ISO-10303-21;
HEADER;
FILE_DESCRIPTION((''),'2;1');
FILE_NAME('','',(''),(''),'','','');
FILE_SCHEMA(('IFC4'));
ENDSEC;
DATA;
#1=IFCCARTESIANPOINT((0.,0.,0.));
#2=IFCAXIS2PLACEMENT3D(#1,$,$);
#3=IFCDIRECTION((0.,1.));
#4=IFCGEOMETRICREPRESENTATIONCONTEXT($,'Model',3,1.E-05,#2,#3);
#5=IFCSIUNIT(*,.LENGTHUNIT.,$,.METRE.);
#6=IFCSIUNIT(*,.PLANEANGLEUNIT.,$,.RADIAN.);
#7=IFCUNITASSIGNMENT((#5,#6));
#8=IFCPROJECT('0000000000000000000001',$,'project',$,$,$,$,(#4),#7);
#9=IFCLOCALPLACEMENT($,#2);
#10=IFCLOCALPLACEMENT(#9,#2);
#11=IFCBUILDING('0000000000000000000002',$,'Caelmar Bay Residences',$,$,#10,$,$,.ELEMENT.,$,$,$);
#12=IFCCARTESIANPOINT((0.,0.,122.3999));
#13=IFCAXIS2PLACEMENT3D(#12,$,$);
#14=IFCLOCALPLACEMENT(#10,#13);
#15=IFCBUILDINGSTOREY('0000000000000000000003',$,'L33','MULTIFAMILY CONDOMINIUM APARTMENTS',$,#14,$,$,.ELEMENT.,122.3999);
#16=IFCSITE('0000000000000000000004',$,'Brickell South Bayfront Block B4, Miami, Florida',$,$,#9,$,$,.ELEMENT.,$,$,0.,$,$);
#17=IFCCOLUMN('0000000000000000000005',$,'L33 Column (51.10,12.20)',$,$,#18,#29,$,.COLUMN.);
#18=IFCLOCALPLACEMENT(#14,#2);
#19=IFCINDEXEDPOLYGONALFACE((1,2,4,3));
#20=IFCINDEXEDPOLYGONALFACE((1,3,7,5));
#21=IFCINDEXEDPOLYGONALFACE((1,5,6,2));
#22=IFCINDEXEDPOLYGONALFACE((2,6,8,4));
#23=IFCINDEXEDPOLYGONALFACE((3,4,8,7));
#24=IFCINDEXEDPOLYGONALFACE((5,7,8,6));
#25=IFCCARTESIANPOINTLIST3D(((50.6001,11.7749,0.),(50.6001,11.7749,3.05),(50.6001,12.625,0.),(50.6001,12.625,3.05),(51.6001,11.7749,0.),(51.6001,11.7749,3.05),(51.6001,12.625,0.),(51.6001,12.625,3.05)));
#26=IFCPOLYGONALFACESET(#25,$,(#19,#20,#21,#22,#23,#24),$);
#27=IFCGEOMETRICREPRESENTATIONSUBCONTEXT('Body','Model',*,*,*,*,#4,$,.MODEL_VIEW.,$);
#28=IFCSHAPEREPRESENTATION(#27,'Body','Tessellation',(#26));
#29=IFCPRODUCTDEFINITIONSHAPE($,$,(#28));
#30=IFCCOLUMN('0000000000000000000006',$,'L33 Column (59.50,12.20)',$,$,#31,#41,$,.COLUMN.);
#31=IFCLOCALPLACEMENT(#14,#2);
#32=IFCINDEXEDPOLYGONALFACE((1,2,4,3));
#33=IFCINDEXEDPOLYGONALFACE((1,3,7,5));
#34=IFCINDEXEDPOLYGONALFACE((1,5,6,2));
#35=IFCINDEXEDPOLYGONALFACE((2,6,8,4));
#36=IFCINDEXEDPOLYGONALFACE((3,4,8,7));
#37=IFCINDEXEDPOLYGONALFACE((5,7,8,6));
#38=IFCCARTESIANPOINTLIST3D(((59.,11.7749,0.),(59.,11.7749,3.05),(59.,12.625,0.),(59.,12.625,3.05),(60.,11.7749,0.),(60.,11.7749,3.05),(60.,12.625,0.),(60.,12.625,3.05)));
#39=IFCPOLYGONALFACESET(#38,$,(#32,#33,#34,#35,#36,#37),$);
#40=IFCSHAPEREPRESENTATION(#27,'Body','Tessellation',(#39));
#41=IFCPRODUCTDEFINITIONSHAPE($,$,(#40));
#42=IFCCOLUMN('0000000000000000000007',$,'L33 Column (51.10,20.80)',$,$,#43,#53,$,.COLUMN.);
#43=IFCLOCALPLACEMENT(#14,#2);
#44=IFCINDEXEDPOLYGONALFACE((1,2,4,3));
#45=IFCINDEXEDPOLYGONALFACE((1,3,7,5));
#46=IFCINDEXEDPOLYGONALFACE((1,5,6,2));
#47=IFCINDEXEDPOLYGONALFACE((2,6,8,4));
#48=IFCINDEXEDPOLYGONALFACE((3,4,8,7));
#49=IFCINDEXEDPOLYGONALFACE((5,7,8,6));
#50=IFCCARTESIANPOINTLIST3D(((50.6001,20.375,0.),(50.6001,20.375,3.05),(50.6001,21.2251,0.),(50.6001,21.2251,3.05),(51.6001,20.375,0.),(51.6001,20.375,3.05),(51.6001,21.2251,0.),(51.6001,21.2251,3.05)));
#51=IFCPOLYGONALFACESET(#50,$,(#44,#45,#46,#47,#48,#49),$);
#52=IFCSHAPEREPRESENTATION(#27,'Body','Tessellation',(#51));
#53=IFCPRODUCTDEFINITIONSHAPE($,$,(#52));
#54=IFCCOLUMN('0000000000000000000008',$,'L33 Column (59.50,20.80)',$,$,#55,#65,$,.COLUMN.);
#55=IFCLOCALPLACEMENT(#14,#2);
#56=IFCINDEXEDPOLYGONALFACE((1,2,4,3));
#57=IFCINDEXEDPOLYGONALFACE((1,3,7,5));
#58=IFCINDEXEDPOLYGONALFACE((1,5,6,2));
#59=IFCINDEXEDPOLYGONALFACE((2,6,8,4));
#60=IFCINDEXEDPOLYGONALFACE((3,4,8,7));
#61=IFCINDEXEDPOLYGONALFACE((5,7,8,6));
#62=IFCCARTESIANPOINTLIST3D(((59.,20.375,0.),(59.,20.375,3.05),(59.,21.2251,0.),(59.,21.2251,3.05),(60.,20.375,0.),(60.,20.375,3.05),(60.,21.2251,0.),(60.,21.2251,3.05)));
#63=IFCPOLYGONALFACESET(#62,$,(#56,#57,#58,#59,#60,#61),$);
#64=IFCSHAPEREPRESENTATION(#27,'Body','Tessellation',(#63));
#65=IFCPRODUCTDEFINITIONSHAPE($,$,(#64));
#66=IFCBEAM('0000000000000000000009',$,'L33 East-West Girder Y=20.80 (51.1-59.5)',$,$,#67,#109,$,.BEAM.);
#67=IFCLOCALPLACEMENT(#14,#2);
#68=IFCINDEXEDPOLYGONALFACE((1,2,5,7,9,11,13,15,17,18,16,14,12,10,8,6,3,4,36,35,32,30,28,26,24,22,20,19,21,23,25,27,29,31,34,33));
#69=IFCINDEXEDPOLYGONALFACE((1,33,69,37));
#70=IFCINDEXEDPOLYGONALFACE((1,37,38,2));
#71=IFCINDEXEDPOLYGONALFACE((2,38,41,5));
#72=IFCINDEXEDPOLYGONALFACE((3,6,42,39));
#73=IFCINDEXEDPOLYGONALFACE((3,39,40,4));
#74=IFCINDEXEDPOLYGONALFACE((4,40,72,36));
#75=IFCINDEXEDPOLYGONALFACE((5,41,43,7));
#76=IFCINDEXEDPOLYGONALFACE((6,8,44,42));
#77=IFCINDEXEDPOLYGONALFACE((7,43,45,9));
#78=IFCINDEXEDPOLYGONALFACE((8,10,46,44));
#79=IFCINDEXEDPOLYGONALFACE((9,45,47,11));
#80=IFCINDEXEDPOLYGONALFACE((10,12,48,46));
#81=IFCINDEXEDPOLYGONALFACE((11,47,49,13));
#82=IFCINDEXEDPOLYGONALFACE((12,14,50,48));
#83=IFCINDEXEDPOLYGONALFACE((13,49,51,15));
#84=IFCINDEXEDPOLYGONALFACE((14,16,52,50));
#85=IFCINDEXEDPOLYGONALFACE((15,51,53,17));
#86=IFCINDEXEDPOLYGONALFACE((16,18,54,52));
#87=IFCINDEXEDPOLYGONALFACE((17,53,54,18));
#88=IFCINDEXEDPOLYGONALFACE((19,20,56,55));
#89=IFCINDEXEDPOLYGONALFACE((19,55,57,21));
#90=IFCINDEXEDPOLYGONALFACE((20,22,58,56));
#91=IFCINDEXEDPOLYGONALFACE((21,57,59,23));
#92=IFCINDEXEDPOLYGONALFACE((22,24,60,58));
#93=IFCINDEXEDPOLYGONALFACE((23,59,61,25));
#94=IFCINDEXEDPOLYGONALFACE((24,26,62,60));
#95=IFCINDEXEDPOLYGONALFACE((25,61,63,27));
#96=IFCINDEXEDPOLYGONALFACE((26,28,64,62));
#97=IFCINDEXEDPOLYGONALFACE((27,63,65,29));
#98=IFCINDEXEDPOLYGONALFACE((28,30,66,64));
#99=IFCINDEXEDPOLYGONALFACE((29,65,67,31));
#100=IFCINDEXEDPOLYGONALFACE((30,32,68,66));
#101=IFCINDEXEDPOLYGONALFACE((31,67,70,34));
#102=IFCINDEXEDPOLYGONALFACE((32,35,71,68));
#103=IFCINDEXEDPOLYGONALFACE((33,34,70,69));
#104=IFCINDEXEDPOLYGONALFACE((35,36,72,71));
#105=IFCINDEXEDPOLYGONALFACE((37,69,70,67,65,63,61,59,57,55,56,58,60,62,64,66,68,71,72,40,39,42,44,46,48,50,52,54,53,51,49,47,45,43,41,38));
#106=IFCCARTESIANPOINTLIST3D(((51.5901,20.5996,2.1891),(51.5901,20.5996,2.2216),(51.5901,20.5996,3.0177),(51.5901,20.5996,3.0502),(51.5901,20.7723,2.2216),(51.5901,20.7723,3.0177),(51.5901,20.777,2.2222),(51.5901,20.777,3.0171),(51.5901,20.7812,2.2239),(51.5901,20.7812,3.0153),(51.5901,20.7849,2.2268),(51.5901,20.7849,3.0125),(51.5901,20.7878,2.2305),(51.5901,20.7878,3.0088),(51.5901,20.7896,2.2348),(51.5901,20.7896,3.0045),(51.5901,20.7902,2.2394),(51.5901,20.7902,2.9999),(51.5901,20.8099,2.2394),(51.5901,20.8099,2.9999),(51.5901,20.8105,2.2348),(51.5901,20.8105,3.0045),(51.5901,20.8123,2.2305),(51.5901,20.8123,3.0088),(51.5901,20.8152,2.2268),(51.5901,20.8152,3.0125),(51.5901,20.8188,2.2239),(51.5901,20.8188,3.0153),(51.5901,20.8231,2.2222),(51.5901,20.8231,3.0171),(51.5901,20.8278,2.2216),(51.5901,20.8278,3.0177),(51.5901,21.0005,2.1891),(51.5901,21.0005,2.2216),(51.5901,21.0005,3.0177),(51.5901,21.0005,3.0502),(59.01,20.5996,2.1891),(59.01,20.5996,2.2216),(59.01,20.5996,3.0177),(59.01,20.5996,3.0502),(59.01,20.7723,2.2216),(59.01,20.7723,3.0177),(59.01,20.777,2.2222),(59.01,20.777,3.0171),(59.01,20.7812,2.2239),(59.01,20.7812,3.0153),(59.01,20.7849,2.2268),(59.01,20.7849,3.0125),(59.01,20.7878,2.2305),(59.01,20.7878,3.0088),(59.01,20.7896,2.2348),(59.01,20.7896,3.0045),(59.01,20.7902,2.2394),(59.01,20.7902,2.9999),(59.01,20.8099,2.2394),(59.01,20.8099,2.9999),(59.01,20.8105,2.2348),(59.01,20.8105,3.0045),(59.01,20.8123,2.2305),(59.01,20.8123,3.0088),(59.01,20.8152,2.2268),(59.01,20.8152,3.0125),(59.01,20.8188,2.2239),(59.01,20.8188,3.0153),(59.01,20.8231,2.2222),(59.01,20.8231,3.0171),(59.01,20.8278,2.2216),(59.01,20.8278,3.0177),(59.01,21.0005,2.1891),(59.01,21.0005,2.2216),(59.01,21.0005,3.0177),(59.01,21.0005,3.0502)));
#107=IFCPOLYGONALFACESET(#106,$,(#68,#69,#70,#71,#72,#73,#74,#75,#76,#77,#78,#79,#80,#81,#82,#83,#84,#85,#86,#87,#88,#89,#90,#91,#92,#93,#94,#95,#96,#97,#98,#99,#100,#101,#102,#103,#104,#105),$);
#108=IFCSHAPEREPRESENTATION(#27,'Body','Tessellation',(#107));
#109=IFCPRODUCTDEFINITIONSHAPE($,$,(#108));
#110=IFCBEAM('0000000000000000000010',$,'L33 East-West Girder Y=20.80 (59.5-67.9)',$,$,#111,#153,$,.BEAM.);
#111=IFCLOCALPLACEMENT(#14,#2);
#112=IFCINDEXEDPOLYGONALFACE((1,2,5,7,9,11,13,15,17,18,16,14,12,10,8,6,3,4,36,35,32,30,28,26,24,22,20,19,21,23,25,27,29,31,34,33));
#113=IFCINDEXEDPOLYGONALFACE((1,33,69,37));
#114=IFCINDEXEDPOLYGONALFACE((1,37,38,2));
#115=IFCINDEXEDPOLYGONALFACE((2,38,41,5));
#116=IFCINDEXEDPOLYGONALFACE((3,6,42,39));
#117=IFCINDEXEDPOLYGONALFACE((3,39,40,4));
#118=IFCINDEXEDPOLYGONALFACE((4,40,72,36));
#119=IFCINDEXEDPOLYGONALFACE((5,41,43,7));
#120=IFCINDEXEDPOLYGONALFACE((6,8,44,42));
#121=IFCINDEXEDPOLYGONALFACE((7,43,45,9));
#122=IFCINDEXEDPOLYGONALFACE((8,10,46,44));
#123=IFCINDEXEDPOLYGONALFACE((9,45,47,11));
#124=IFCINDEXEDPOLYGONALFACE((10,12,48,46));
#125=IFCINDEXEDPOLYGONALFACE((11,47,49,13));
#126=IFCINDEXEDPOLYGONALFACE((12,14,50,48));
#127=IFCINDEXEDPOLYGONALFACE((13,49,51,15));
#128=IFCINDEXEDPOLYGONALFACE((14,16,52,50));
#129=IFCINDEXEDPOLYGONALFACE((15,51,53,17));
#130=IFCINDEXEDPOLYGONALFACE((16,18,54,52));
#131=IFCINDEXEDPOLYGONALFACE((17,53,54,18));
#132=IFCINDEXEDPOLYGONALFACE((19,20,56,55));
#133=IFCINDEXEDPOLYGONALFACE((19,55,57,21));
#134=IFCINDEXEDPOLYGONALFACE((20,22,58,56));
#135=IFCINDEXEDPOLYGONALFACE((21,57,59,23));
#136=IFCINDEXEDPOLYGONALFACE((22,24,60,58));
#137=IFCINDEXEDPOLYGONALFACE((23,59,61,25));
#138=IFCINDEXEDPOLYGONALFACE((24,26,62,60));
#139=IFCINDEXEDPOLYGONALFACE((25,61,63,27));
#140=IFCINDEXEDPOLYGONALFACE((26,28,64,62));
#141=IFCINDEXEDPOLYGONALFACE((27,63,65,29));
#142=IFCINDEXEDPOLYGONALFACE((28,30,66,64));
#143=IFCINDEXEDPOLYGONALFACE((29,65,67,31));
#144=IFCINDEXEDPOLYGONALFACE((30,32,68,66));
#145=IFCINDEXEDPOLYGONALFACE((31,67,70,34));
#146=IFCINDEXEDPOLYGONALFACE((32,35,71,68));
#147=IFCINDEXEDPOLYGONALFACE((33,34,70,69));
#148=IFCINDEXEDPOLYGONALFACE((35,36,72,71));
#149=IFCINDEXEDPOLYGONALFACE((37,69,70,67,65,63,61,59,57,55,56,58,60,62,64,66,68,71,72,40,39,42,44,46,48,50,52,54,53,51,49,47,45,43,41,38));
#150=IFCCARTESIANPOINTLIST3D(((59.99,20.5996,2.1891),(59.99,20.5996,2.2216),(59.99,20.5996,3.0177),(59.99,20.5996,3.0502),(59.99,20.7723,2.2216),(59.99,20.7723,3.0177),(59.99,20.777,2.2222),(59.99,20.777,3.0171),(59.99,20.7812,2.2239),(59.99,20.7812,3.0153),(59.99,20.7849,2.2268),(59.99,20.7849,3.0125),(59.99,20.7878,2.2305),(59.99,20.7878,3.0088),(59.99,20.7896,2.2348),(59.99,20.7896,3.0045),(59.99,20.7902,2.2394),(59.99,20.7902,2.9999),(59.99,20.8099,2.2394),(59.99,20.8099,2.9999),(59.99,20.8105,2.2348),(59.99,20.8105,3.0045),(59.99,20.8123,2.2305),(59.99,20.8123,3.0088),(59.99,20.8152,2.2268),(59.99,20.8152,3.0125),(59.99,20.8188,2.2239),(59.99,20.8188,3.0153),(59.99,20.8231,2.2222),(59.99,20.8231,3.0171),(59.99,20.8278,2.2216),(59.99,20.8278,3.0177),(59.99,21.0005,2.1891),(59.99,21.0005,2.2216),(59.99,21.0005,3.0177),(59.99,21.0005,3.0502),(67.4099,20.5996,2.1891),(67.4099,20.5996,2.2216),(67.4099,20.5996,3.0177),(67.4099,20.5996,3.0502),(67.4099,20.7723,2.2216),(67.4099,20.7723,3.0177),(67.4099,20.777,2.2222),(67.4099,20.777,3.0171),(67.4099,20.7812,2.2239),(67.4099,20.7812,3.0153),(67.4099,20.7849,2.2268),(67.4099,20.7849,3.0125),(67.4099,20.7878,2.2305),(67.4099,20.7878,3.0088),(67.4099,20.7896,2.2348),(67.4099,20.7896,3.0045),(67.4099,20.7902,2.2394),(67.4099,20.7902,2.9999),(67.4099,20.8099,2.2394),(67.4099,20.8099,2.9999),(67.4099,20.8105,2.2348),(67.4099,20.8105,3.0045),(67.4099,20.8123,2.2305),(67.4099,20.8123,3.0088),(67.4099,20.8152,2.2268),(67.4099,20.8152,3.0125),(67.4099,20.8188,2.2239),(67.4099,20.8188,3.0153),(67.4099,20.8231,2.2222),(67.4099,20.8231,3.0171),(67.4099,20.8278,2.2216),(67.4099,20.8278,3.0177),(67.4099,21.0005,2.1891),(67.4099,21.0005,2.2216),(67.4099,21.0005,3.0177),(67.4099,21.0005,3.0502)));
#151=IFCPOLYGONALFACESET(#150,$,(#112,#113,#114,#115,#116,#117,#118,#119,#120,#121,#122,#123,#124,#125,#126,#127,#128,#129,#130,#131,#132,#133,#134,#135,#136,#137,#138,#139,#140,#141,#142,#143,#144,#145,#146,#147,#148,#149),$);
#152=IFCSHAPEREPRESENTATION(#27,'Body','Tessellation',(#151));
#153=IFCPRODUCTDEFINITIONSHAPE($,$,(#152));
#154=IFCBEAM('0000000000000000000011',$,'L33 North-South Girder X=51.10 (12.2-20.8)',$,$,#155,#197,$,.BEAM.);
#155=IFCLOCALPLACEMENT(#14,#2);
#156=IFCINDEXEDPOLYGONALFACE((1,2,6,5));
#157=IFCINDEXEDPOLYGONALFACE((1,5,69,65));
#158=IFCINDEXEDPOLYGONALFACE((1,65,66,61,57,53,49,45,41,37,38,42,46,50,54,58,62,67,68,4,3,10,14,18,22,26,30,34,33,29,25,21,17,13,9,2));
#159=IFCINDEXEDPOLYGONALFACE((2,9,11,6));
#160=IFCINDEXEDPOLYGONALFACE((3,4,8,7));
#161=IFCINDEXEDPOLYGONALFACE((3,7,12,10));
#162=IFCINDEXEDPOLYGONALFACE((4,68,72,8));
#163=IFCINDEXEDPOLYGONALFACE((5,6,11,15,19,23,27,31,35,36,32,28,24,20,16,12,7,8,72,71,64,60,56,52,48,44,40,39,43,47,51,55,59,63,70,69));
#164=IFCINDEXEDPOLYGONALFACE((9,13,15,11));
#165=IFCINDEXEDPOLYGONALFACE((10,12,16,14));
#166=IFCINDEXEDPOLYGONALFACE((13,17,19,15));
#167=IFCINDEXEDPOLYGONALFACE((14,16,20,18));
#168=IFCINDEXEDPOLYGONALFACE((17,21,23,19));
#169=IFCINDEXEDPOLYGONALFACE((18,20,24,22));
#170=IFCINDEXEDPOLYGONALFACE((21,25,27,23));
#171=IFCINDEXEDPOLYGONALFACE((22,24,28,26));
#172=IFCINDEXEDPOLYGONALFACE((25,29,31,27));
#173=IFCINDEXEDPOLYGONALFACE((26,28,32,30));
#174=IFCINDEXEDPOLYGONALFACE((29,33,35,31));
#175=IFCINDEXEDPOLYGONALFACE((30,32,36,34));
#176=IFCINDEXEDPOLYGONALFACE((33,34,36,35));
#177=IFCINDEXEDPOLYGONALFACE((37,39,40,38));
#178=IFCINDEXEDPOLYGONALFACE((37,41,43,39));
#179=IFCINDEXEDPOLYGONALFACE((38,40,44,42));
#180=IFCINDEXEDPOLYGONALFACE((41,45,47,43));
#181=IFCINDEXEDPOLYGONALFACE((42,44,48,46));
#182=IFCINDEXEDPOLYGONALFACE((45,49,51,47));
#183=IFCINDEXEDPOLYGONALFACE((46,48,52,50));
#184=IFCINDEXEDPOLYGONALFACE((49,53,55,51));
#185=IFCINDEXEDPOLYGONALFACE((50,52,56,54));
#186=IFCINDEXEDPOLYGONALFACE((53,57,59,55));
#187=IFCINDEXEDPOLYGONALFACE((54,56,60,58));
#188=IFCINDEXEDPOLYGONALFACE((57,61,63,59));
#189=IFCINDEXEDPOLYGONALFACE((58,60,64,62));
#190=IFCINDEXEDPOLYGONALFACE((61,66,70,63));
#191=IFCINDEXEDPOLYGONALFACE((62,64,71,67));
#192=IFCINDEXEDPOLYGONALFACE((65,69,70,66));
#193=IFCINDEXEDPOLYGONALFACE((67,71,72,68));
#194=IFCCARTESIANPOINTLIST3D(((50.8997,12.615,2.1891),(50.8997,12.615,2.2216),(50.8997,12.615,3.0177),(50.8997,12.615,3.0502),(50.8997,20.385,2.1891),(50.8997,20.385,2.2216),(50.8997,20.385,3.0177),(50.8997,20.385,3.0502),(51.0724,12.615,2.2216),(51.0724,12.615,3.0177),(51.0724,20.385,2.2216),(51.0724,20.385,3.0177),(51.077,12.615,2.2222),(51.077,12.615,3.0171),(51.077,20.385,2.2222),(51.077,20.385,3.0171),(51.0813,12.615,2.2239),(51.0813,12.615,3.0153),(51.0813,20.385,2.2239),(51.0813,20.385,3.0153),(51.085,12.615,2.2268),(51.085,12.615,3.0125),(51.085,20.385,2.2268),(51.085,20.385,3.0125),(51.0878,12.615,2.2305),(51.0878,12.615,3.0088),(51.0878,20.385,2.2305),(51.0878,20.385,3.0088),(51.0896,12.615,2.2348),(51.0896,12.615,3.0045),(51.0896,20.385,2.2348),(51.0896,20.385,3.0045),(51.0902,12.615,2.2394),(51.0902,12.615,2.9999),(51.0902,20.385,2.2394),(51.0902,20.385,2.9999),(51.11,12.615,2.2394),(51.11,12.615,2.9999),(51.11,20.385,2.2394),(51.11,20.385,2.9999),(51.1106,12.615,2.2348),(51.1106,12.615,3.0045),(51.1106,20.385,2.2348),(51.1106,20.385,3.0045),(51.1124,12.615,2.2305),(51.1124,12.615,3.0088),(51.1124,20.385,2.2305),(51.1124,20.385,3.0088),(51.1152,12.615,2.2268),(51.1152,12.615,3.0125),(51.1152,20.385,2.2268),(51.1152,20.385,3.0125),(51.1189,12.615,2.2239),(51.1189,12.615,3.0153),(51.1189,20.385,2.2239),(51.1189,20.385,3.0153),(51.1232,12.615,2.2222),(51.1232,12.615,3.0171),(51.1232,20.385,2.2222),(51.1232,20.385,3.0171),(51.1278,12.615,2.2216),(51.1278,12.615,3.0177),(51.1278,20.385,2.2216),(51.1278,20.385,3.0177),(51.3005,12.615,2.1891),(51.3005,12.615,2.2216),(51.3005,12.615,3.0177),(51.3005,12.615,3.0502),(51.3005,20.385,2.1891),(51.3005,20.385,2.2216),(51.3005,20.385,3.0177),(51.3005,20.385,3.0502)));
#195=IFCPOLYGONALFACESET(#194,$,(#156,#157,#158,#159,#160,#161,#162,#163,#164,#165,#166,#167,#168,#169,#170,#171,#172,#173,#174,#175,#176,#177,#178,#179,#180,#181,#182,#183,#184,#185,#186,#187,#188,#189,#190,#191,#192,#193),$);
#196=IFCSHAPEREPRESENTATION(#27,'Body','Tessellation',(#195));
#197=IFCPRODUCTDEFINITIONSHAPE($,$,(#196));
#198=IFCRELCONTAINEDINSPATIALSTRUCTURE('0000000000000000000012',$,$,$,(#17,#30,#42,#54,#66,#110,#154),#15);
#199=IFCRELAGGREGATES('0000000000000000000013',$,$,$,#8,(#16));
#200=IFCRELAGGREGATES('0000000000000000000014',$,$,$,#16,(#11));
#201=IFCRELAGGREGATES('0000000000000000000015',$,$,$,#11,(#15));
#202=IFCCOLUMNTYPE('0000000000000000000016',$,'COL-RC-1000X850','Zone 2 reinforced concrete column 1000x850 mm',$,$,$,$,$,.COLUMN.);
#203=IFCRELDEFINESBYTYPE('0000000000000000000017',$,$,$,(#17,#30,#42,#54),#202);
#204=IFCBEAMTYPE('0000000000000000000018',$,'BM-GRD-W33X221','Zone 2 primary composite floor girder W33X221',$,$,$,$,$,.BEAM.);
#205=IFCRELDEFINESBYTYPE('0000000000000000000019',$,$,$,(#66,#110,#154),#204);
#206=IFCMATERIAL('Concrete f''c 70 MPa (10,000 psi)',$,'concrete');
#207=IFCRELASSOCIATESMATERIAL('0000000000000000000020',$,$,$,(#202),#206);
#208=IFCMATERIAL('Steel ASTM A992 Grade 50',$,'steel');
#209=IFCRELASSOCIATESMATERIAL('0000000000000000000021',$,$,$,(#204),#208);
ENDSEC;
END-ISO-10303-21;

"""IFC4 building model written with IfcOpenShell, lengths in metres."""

from ifc_helpers import new_model, si_unit, direction, frame, origin, origin_2d, place, context, subcontext, project, spatial, rectangle, i_section, extrude, material, material_profile, profile_set, type_object, element, save


model = new_model("IFC4")

# Units and contexts
model_context = context("Model", 3, precision=1e-05, world=origin(), true_north=direction((0.0, 1.0)))
body_context = subcontext(model_context, "Body", "Model", "MODEL_VIEW")
ifc_project = project(units=[si_unit("LENGTHUNIT", "METRE"), si_unit("PLANEANGLEUNIT", "RADIAN")], contexts=[model_context])

# Site, building, storey
site_placement = place(None, origin())
site = spatial("IfcSite", under=ifc_project, at=site_placement, Name="Brickell South Bayfront Block B4, Miami, Florida", CompositionType="ELEMENT", RefElevation=0.0)
building_placement = place(site_placement, origin())
building = spatial("IfcBuilding", under=site, at=building_placement, Name="Caelmar Bay Residences", CompositionType="ELEMENT")
storey_placement = place(building_placement, frame((0.0, 0.0, 122.3999)))
storey = spatial("IfcBuildingStorey", under=building, at=storey_placement, Name="L33", Description="MULTIFAMILY CONDOMINIUM APARTMENTS", CompositionType="ELEMENT", Elevation=122.3999)

# Columns
ifc_material_1 = material(Name="Concrete f'c 70 MPa (10,000 psi)", Category="concrete")
ifc_material_profile_1 = material_profile(ifc_material_1, rectangle(XDim=1.0, YDim=0.8501, at=origin_2d()), Name="RC-COL-1000X850")
ifc_profile_set_1 = profile_set([ifc_material_profile_1], Name="Concrete f'c 70 MPa (10,000 psi)")
column_type = type_object("IfcColumnType", Name="COL-RC-1000X850", Description="Zone 2 reinforced concrete column 1000x850 mm", PredefinedType="COLUMN", material=ifc_profile_set_1)
for number, where, z_axis, x_axis, name in (
    (1, (51.1001, 12.2, 0.0), (0.0, 0.0, 1.0), (1.0, 0.0, 0.0), "L33 Column (51.10,12.20)"),
    (2, (59.5, 12.2, 0.0), (0.0, 0.0, 1.0), (1.0, 0.0, 0.0), "L33 Column (59.50,12.20)"),
    (3, (51.1001, 20.8, 0.0), (0.0, 0.0, 1.0), (1.0, 0.0, 0.0), "L33 Column (51.10,20.80)"),
    (4, (59.5, 20.8, 0.0), (0.0, 0.0, 1.0), (1.0, 0.0, 0.0), "L33 Column (59.50,20.80)"),
):
    element("IfcColumn", number, at=place(storey_placement, frame(where, z_axis=z_axis, x_axis=x_axis)), inside=storey, type_object=column_type, Name=name, PredefinedType="COLUMN", context=body_context, shape_type="SweptSolid", body=[
        extrude(rectangle(XDim=1.0, YDim=0.8501, at=origin_2d()), origin(), (0.0, 0.0, 1.0), 3.05),
    ])

# Beams
ifc_material_2 = material(Name="Steel ASTM A992 Grade 50", Category="steel")
ifc_material_profile_2 = material_profile(ifc_material_2, i_section(OverallWidth=0.4009, OverallDepth=0.8611, WebThickness=0.0198, FlangeThickness=0.0325, FilletRadius=0.0178, at=origin_2d()), Name="W33X221")
ifc_profile_set_2 = profile_set([ifc_material_profile_2], Name="Steel ASTM A992 Grade 50")
beam_type_1 = type_object("IfcBeamType", Name="BM-GRD-W33X221", Description="Zone 2 primary composite floor girder W33X221", PredefinedType="BEAM", material=ifc_profile_set_2)
for number, where, z_axis, x_axis, name in (
    (5, (51.5901, 20.8, 2.6196), (1.0, 0.0, 0.0), (0.0, 1.0, 0.0), "L33 East-West Girder Y=20.80 (51.1-59.5)"),
    (6, (59.99, 20.8, 2.6196), (1.0, 0.0, 0.0), (0.0, 1.0, 0.0), "L33 East-West Girder Y=20.80 (59.5-67.9)"),
):
    element("IfcBeam", number, at=place(storey_placement, frame(where, z_axis=z_axis, x_axis=x_axis)), inside=storey, type_object=beam_type_1, Name=name, PredefinedType="BEAM", context=body_context, shape_type="SweptSolid", body=[
        extrude(i_section(OverallWidth=0.4009, OverallDepth=0.8611, WebThickness=0.0198, FlangeThickness=0.0325, FilletRadius=0.0178, at=origin_2d()), origin(), (0.0, 0.0, 1.0), 7.4199),
    ])
for number, where, z_axis, x_axis, name in (
    (7, (51.1001, 12.615, 2.6196), (0.0, 1.0, 0.0), (-1.0, 0.0, 0.0), "L33 North-South Girder X=51.10 (12.2-20.8)"),
):
    element("IfcBeam", number, at=place(storey_placement, frame(where, z_axis=z_axis, x_axis=x_axis)), inside=storey, type_object=beam_type_1, Name=name, PredefinedType="BEAM", context=body_context, shape_type="SweptSolid", body=[
        extrude(i_section(OverallWidth=0.4009, OverallDepth=0.8611, WebThickness=0.0198, FlangeThickness=0.0325, FilletRadius=0.0178, at=origin_2d()), origin(), (0.0, 0.0, 1.0), 7.77),
    ])

save(model, "model.ifc")
